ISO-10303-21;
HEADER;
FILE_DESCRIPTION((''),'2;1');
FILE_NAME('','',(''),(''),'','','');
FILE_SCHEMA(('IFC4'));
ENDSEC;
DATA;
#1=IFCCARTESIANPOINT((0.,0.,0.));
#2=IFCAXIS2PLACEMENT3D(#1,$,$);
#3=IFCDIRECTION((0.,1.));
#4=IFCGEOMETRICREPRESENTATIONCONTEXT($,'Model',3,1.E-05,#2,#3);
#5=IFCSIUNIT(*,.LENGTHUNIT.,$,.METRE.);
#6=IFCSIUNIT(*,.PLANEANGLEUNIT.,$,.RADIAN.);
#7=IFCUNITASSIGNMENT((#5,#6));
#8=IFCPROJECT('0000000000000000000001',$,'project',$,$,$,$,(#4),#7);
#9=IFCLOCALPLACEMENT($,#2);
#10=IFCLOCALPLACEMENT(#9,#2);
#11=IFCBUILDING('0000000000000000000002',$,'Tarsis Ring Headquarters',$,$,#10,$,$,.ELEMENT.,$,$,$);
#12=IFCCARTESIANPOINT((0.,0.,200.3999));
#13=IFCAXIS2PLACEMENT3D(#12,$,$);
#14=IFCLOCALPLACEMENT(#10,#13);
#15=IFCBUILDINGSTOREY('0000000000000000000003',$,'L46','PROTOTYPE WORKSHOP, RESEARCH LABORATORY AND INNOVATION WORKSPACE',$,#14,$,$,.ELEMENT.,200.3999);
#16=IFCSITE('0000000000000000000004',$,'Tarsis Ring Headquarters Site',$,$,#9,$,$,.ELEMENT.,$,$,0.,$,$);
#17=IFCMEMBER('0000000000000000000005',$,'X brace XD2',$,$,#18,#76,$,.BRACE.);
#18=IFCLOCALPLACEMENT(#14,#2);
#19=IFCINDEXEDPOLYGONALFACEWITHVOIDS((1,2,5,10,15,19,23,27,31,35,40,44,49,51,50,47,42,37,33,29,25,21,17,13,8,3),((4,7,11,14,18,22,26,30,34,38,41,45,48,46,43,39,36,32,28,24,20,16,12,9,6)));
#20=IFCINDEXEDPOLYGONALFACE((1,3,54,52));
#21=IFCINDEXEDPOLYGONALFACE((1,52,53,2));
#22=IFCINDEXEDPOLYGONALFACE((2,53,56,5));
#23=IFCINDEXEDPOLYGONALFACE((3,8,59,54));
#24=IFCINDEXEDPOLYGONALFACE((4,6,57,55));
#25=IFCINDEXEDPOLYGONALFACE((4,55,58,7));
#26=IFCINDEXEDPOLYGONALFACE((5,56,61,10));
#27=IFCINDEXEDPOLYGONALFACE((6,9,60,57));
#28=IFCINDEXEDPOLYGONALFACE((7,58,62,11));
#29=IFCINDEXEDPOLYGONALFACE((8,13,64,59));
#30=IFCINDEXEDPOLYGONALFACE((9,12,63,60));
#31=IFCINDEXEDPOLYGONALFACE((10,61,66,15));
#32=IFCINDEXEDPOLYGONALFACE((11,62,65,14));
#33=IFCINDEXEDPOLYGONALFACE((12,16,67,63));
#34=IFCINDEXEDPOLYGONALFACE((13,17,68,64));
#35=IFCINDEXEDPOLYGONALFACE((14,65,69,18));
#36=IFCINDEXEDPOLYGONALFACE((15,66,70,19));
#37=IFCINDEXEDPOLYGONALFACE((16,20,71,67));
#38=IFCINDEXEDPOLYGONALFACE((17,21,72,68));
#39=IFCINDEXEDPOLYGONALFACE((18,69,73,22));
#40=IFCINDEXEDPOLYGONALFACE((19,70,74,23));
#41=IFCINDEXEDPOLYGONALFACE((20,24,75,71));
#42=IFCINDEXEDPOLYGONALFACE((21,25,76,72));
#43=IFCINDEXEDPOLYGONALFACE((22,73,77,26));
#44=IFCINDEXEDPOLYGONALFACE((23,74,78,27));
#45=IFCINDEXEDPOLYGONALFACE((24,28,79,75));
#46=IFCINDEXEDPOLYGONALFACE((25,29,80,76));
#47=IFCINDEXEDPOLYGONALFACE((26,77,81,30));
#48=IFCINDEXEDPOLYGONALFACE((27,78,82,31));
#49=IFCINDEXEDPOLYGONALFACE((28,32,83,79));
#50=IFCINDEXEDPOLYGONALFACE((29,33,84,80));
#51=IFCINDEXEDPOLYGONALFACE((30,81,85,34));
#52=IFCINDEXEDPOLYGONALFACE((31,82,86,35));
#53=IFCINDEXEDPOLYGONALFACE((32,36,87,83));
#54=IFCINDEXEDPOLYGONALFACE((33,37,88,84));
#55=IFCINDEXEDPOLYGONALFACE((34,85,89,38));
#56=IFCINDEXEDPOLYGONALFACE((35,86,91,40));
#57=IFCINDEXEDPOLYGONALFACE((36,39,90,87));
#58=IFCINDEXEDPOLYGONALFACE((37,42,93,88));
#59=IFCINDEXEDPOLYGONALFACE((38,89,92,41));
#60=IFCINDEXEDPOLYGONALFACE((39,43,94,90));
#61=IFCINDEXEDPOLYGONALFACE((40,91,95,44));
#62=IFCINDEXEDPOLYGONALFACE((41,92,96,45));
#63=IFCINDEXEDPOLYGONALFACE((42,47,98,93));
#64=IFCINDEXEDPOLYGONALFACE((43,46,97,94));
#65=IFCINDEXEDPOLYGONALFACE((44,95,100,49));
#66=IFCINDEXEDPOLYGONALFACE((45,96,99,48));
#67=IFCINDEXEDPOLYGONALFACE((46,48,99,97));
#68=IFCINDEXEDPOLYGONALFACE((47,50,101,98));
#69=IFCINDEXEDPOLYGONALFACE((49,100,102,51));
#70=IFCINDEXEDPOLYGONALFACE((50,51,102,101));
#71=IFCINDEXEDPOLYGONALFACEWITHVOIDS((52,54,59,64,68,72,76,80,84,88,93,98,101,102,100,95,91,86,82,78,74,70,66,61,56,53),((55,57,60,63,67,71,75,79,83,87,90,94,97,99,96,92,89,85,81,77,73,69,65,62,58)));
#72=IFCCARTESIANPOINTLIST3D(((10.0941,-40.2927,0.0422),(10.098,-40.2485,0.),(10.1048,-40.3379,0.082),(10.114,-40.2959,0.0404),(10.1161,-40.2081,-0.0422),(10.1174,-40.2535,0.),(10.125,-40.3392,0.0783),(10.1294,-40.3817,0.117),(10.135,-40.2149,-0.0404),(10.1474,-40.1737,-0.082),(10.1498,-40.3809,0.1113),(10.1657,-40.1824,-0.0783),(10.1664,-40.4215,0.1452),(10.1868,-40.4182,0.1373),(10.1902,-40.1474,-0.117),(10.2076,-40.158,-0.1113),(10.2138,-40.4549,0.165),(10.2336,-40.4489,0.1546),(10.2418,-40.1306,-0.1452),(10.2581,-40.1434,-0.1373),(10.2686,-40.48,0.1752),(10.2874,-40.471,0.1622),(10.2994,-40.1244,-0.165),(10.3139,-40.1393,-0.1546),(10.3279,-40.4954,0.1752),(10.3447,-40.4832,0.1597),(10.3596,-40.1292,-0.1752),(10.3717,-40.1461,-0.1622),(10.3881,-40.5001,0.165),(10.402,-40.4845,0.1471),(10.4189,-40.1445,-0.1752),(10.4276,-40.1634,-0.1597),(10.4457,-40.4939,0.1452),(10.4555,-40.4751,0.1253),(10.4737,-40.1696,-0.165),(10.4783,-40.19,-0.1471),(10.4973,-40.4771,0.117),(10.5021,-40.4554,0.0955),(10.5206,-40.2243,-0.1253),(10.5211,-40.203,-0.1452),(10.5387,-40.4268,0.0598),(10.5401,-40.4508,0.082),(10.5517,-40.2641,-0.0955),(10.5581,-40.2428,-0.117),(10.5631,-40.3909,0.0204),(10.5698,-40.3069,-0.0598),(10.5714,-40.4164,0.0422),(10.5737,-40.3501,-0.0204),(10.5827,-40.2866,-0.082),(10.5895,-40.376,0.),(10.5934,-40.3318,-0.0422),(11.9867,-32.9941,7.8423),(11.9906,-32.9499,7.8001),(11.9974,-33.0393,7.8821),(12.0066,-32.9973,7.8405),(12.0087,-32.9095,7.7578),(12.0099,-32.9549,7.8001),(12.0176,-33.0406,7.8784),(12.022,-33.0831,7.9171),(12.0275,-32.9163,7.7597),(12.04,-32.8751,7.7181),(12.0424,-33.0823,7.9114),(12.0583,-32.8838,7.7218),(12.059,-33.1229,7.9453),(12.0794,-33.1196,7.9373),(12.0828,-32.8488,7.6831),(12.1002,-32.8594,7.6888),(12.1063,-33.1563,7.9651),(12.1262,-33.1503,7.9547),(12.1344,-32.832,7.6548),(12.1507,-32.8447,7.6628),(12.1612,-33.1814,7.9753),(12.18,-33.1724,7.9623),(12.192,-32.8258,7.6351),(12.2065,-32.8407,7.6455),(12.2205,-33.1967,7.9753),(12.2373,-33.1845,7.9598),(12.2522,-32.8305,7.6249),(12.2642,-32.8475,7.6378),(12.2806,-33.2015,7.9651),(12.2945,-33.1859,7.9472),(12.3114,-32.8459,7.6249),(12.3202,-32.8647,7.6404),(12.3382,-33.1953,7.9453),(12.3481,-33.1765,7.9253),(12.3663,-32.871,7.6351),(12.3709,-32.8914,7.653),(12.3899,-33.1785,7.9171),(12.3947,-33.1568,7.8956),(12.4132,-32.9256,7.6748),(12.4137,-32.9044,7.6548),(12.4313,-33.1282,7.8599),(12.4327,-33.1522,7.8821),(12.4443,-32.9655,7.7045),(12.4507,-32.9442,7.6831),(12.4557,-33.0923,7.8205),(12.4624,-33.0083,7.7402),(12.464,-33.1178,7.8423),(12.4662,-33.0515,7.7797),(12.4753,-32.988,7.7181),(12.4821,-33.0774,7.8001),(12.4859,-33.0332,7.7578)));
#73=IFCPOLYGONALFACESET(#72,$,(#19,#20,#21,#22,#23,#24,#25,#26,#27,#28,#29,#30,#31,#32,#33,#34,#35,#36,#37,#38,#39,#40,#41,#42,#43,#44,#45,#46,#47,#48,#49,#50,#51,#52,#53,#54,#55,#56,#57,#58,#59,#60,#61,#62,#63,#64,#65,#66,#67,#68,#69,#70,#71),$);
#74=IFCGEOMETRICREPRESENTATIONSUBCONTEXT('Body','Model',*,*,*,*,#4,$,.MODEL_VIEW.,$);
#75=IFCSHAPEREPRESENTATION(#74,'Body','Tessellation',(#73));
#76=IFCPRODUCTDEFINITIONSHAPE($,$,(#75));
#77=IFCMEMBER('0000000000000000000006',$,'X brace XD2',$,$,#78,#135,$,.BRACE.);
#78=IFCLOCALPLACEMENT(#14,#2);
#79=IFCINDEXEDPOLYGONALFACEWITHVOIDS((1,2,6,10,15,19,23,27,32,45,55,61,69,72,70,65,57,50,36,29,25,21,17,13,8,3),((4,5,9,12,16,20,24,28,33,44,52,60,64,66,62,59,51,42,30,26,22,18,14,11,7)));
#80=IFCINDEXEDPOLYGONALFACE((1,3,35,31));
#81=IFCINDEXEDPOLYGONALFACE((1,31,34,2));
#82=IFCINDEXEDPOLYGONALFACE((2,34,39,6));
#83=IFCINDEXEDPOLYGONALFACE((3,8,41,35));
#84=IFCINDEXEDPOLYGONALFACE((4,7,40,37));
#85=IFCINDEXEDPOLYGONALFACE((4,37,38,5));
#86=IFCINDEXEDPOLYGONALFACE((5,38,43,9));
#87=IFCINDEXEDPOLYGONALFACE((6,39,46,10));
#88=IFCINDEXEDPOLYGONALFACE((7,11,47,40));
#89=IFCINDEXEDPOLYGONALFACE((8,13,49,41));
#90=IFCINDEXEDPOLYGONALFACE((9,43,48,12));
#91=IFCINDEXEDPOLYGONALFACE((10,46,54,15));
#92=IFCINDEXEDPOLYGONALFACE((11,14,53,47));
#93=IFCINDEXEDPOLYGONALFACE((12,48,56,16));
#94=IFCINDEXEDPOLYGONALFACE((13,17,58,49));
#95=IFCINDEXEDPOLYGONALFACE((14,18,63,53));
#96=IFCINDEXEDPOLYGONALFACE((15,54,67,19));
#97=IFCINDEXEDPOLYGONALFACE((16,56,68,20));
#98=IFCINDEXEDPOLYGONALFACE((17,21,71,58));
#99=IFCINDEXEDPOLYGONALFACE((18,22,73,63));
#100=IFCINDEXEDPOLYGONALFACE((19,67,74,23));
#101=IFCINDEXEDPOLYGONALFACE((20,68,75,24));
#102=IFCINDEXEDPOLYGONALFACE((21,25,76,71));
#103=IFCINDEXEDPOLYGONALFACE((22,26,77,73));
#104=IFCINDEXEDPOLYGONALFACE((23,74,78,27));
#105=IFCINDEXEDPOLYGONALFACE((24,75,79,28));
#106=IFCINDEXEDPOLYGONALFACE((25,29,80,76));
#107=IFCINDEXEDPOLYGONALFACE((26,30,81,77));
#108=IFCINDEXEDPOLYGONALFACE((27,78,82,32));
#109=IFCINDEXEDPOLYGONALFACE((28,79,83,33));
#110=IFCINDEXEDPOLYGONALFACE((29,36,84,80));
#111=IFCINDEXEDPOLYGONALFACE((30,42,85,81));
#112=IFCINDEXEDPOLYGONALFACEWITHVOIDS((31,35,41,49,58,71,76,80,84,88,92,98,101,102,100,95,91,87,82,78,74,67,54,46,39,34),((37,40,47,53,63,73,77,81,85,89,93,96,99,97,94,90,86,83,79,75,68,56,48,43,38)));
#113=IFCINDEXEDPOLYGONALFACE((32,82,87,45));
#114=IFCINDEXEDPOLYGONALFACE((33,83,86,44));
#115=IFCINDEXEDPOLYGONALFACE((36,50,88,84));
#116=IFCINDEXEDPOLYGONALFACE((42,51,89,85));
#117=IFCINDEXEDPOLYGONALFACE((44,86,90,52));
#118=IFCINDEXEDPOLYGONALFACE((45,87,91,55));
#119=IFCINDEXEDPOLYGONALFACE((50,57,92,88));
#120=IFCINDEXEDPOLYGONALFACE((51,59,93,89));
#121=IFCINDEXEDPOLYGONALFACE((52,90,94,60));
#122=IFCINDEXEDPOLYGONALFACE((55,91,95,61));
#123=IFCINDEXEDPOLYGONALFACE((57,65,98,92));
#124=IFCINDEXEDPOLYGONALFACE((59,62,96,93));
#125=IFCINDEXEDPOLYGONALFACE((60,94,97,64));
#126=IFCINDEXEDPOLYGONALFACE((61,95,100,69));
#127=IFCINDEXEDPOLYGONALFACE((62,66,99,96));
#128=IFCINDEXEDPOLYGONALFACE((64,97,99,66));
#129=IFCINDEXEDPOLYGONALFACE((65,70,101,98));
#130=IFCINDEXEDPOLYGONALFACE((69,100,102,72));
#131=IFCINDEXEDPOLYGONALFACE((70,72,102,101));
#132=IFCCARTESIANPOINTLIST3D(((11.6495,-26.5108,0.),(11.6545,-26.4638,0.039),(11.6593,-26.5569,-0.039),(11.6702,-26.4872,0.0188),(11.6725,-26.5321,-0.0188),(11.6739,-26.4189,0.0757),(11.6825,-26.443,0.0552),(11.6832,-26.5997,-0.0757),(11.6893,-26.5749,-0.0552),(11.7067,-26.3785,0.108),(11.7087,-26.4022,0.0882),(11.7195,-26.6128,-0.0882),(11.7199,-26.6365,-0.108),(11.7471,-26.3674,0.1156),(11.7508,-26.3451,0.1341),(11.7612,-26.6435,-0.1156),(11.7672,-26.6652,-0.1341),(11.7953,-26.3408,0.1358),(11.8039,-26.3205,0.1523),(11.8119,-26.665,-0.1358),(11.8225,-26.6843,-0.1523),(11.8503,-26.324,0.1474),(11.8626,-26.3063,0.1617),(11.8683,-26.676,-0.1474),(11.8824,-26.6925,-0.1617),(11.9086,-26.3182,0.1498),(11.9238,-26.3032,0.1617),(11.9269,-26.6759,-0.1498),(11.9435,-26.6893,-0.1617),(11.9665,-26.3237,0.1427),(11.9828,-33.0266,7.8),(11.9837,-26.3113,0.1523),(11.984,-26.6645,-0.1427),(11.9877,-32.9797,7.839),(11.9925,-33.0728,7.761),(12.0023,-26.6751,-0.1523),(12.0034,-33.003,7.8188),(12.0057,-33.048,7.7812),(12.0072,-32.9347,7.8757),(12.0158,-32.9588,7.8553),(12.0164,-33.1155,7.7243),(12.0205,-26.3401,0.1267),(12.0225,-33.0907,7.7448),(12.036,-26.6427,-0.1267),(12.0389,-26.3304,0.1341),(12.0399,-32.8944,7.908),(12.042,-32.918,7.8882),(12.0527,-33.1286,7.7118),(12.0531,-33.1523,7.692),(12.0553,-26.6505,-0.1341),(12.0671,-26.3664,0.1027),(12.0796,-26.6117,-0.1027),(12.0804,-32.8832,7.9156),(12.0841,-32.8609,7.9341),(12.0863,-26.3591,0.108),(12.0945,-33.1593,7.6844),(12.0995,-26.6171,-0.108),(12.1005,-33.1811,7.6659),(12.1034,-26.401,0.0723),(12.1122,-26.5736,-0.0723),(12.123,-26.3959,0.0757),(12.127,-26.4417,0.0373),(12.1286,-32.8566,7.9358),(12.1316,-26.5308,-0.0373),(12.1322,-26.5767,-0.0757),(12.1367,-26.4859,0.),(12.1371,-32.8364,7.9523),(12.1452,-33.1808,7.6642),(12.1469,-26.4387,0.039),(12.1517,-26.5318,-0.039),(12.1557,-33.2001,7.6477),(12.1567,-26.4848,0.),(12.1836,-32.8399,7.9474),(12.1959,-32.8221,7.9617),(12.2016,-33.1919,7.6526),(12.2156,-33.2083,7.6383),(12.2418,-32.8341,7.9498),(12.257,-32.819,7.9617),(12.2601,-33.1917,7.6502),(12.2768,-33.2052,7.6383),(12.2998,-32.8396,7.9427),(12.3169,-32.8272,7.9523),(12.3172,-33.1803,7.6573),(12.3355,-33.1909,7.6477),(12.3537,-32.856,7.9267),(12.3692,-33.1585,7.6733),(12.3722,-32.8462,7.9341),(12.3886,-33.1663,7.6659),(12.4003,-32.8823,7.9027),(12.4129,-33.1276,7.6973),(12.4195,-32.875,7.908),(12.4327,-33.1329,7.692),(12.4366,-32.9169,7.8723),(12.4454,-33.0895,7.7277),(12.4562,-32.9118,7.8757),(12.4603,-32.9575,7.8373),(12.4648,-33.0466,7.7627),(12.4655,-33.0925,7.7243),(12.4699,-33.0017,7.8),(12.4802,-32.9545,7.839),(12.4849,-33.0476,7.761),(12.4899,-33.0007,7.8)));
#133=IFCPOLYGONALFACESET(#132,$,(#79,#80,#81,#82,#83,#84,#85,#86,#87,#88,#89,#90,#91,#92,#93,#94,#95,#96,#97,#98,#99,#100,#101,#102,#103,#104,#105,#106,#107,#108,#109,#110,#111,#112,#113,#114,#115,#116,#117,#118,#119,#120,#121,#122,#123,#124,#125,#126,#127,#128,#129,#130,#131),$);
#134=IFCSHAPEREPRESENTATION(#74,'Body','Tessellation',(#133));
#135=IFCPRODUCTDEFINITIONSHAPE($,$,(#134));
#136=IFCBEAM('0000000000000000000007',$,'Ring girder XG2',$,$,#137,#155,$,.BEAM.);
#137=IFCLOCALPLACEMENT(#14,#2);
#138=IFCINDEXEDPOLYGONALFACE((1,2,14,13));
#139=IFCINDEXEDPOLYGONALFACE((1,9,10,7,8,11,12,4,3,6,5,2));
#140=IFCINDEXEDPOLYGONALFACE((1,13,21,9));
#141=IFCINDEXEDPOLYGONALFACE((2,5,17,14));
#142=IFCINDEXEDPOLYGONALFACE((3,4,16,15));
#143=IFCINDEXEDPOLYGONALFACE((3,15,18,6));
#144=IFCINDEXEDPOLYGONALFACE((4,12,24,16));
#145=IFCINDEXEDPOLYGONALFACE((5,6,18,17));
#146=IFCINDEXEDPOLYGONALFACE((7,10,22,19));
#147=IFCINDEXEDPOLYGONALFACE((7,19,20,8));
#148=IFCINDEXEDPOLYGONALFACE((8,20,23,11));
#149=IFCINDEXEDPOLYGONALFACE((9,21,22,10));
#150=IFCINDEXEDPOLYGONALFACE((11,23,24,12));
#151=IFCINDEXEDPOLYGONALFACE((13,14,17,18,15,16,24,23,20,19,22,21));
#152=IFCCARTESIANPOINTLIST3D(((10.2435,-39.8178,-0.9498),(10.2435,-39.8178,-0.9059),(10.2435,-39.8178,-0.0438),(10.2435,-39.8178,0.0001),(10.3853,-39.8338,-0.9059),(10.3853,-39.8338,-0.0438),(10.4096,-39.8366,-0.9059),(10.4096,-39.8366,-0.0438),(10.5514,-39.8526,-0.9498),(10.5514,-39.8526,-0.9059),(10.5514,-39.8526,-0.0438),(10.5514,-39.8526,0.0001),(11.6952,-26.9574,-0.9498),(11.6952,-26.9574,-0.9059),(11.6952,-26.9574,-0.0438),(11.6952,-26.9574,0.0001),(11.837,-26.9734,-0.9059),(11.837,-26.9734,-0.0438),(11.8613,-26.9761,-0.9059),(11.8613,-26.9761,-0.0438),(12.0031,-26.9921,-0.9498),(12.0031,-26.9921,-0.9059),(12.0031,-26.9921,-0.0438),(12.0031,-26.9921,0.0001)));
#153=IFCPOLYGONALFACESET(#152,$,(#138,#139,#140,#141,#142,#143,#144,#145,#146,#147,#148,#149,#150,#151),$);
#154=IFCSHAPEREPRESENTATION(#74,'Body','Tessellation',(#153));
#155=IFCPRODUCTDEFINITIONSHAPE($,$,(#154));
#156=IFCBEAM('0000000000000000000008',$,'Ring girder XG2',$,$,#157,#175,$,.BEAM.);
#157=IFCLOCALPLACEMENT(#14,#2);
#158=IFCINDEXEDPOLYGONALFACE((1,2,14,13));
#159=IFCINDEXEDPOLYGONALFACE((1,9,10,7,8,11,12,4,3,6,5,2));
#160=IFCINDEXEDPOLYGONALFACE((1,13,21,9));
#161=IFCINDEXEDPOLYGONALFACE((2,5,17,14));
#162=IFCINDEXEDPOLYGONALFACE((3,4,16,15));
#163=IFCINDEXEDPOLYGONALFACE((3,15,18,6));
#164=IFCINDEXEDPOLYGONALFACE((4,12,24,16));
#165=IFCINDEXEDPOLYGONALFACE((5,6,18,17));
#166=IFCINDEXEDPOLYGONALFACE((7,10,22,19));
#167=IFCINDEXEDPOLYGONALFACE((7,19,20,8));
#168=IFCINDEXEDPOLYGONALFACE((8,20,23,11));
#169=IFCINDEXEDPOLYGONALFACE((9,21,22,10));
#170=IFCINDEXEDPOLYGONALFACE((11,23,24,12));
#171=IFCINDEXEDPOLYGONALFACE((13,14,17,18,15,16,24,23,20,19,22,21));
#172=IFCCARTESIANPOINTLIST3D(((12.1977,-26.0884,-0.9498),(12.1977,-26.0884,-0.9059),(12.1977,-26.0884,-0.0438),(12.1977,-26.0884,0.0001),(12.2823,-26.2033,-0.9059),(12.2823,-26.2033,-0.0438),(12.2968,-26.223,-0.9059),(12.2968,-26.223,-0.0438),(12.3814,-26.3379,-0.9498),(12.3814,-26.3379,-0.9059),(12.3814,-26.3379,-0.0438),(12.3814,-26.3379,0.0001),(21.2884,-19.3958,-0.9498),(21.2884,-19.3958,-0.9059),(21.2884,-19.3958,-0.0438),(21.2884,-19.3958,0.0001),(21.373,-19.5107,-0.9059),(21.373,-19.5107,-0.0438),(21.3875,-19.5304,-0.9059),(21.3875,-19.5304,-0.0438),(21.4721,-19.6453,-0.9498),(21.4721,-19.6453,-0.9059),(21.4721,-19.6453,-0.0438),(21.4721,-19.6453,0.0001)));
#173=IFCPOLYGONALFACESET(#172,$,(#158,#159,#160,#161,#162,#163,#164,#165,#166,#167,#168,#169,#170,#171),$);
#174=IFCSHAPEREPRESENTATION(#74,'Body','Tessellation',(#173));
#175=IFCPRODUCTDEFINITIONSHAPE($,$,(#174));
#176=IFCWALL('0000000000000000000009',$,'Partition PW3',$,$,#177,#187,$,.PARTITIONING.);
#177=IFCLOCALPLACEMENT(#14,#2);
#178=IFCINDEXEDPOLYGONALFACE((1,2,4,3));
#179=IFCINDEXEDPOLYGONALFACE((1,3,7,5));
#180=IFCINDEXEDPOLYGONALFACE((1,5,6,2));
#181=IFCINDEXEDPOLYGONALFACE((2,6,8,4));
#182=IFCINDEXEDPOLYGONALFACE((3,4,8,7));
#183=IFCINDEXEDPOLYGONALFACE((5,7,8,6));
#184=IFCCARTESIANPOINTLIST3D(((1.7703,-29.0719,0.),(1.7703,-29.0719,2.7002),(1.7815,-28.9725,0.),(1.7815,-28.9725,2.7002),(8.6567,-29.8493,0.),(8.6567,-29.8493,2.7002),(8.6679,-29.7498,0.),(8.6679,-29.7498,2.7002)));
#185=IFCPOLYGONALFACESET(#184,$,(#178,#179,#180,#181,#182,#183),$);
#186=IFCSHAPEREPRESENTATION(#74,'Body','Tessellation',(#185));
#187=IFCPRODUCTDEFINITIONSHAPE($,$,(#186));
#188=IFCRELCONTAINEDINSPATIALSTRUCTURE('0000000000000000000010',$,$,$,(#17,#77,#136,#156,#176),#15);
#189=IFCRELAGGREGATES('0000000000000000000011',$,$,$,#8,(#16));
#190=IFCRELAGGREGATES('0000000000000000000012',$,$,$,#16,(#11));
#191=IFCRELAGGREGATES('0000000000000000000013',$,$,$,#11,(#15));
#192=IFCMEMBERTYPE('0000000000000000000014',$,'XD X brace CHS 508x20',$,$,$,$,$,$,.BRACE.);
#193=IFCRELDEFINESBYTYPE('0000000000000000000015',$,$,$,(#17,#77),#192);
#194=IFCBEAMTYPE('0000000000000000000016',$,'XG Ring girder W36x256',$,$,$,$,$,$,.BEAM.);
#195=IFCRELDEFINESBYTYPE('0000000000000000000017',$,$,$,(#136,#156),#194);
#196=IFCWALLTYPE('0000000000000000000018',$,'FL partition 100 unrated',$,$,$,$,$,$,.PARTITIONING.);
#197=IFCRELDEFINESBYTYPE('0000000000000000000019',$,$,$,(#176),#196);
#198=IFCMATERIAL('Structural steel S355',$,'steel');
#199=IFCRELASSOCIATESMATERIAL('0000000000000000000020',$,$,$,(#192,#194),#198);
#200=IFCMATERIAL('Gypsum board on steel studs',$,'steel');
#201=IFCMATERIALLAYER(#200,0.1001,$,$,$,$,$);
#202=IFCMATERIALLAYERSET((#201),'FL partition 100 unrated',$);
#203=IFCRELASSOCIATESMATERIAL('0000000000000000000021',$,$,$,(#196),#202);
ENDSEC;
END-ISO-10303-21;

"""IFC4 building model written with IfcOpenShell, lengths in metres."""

from ifc_helpers import new_model, si_unit, direction, frame, frame_2d, origin, origin_2d, place, context, subcontext, project, spatial, rectangle, hollow_circle, i_section, extrude, material, layer, layer_set, material_profile, profile_set, type_object, element, save


model = new_model("IFC4")

# Units and contexts
model_context = context("Model", 3, precision=1e-05, world=origin(), true_north=direction((0.0, 1.0)))
body_context = subcontext(model_context, "Body", "Model", "MODEL_VIEW")
ifc_project = project(units=[si_unit("LENGTHUNIT", "METRE"), si_unit("PLANEANGLEUNIT", "RADIAN")], contexts=[model_context])

# Site, building, storey
site_placement = place(None, origin())
site = spatial("IfcSite", under=ifc_project, at=site_placement, Name="Tarsis Ring Headquarters Site", CompositionType="ELEMENT", RefElevation=0.0)
building_placement = place(site_placement, origin())
building = spatial("IfcBuilding", under=site, at=building_placement, Name="Tarsis Ring Headquarters", CompositionType="ELEMENT")
storey_placement = place(building_placement, frame((0.0, 0.0, 200.3999)))
storey = spatial("IfcBuildingStorey", under=building, at=storey_placement, Name="L46", Description="PROTOTYPE WORKSHOP, RESEARCH LABORATORY AND INNOVATION WORKSPACE", CompositionType="ELEMENT", Elevation=200.3999)

# Shared definitions
ifc_material_1 = material(Name="Structural steel S355", Category="steel")

# Members
ifc_material_profile_1 = material_profile(ifc_material_1, hollow_circle(Radius=0.2539, WallThickness=0.02, at=origin_2d()), Name="CHS 508x20")
ifc_profile_set_1 = profile_set([ifc_material_profile_1], Name="Structural steel S355")
member_type = type_object("IfcMemberType", Name="XD X brace CHS 508x20", PredefinedType="BRACE", material=ifc_profile_set_1)
member_1_placement = place(storey_placement, frame((10.3438, -40.3123, 0.0), z_axis=(0.174454, 0.672768, 0.718992), x_axis=(-0.967986, 0.251006, 0.0)))
element("IfcMember", 1, at=member_1_placement, inside=storey, type_object=member_type, Name="X brace XD2", PredefinedType="BRACE", context=body_context, shape_type="SweptSolid", body=[
    extrude(hollow_circle(Radius=0.2539, WallThickness=0.02, at=origin_2d()), origin(), (0.0, 0.0, 1.0), 10.8486),
])
member_2_placement = place(storey_placement, frame((11.9031, -26.4978, 0.0), z_axis=(0.032771, -0.640759, 0.767043), x_axis=(0.998695, 0.051078, 0.0)))
element("IfcMember", 2, at=member_2_placement, inside=storey, type_object=member_type, Name="X brace XD2", PredefinedType="BRACE", context=body_context, shape_type="SweptSolid", body=[
    extrude(hollow_circle(Radius=0.2539, WallThickness=0.02, at=origin_2d()), origin(), (0.0, 0.0, 1.0), 10.1689),
])

# Beams
ifc_material_profile_2 = material_profile(ifc_material_1, i_section(OverallWidth=0.3098, OverallDepth=0.95, WebThickness=0.0244, FlangeThickness=0.0439, at=origin_2d()), Name="W36x256")
ifc_profile_set_2 = profile_set([ifc_material_profile_2], Name="Structural steel S355")
beam_type = type_object("IfcBeamType", Name="XG Ring girder W36x256", PredefinedType="BEAM", material=ifc_profile_set_2)
beam_1_placement = place(storey_placement, frame((10.3975, -39.8352, -0.4749), z_axis=(0.112166, 0.993689, 0.0), x_axis=(-0.993689, 0.112166, 0.0)))
element("IfcBeam", 3, at=beam_1_placement, inside=storey, type_object=beam_type, Name="Ring girder XG2", PredefinedType="BEAM", context=body_context, shape_type="SweptSolid", body=[
    extrude(i_section(OverallWidth=0.3098, OverallDepth=0.95, WebThickness=0.0244, FlangeThickness=0.0439, at=origin_2d()), origin(), (0.0, 0.0, 1.0), 12.9421),
])
beam_2_placement = place(storey_placement, frame((12.2896, -26.2131, -0.4749), z_axis=(0.805304, 0.592862, 0.0), x_axis=(-0.592862, 0.805304, 0.0)))
element("IfcBeam", 4, at=beam_2_placement, inside=storey, type_object=beam_type, Name="Ring girder XG2", PredefinedType="BEAM", context=body_context, shape_type="SweptSolid", body=[
    extrude(i_section(OverallWidth=0.3098, OverallDepth=0.95, WebThickness=0.0244, FlangeThickness=0.0439, at=origin_2d()), origin(), (0.0, 0.0, 1.0), 11.2886),
])

# Wall
ifc_material_2 = material(Name="Gypsum board on steel studs", Category="steel")
ifc_layer_1 = layer(ifc_material_2, 0.1001)
ifc_layer_set_1 = layer_set([ifc_layer_1], Name="FL partition 100 unrated")
wall_type_1 = type_object("IfcWallType", Name="FL partition 100 unrated", PredefinedType="PARTITIONING", material=ifc_layer_set_1)
wall_1_placement = place(storey_placement, frame((1.7759, -29.0222, 0.0), z_axis=(0.0, 0.0, 1.0), x_axis=(0.993689, -0.112167, 0.0)))
element("IfcWall", 5, at=wall_1_placement, inside=storey, type_object=wall_type_1, Name="Partition PW3", PredefinedType="PARTITIONING", context=body_context, shape_type="SweptSolid", body=[
    extrude(rectangle(XDim=6.9302, YDim=0.1001, at=frame_2d((3.4651, 0.0))), origin(), (0.0, 0.0, 1.0), 2.7002),
])

save(model, "model.ifc")
